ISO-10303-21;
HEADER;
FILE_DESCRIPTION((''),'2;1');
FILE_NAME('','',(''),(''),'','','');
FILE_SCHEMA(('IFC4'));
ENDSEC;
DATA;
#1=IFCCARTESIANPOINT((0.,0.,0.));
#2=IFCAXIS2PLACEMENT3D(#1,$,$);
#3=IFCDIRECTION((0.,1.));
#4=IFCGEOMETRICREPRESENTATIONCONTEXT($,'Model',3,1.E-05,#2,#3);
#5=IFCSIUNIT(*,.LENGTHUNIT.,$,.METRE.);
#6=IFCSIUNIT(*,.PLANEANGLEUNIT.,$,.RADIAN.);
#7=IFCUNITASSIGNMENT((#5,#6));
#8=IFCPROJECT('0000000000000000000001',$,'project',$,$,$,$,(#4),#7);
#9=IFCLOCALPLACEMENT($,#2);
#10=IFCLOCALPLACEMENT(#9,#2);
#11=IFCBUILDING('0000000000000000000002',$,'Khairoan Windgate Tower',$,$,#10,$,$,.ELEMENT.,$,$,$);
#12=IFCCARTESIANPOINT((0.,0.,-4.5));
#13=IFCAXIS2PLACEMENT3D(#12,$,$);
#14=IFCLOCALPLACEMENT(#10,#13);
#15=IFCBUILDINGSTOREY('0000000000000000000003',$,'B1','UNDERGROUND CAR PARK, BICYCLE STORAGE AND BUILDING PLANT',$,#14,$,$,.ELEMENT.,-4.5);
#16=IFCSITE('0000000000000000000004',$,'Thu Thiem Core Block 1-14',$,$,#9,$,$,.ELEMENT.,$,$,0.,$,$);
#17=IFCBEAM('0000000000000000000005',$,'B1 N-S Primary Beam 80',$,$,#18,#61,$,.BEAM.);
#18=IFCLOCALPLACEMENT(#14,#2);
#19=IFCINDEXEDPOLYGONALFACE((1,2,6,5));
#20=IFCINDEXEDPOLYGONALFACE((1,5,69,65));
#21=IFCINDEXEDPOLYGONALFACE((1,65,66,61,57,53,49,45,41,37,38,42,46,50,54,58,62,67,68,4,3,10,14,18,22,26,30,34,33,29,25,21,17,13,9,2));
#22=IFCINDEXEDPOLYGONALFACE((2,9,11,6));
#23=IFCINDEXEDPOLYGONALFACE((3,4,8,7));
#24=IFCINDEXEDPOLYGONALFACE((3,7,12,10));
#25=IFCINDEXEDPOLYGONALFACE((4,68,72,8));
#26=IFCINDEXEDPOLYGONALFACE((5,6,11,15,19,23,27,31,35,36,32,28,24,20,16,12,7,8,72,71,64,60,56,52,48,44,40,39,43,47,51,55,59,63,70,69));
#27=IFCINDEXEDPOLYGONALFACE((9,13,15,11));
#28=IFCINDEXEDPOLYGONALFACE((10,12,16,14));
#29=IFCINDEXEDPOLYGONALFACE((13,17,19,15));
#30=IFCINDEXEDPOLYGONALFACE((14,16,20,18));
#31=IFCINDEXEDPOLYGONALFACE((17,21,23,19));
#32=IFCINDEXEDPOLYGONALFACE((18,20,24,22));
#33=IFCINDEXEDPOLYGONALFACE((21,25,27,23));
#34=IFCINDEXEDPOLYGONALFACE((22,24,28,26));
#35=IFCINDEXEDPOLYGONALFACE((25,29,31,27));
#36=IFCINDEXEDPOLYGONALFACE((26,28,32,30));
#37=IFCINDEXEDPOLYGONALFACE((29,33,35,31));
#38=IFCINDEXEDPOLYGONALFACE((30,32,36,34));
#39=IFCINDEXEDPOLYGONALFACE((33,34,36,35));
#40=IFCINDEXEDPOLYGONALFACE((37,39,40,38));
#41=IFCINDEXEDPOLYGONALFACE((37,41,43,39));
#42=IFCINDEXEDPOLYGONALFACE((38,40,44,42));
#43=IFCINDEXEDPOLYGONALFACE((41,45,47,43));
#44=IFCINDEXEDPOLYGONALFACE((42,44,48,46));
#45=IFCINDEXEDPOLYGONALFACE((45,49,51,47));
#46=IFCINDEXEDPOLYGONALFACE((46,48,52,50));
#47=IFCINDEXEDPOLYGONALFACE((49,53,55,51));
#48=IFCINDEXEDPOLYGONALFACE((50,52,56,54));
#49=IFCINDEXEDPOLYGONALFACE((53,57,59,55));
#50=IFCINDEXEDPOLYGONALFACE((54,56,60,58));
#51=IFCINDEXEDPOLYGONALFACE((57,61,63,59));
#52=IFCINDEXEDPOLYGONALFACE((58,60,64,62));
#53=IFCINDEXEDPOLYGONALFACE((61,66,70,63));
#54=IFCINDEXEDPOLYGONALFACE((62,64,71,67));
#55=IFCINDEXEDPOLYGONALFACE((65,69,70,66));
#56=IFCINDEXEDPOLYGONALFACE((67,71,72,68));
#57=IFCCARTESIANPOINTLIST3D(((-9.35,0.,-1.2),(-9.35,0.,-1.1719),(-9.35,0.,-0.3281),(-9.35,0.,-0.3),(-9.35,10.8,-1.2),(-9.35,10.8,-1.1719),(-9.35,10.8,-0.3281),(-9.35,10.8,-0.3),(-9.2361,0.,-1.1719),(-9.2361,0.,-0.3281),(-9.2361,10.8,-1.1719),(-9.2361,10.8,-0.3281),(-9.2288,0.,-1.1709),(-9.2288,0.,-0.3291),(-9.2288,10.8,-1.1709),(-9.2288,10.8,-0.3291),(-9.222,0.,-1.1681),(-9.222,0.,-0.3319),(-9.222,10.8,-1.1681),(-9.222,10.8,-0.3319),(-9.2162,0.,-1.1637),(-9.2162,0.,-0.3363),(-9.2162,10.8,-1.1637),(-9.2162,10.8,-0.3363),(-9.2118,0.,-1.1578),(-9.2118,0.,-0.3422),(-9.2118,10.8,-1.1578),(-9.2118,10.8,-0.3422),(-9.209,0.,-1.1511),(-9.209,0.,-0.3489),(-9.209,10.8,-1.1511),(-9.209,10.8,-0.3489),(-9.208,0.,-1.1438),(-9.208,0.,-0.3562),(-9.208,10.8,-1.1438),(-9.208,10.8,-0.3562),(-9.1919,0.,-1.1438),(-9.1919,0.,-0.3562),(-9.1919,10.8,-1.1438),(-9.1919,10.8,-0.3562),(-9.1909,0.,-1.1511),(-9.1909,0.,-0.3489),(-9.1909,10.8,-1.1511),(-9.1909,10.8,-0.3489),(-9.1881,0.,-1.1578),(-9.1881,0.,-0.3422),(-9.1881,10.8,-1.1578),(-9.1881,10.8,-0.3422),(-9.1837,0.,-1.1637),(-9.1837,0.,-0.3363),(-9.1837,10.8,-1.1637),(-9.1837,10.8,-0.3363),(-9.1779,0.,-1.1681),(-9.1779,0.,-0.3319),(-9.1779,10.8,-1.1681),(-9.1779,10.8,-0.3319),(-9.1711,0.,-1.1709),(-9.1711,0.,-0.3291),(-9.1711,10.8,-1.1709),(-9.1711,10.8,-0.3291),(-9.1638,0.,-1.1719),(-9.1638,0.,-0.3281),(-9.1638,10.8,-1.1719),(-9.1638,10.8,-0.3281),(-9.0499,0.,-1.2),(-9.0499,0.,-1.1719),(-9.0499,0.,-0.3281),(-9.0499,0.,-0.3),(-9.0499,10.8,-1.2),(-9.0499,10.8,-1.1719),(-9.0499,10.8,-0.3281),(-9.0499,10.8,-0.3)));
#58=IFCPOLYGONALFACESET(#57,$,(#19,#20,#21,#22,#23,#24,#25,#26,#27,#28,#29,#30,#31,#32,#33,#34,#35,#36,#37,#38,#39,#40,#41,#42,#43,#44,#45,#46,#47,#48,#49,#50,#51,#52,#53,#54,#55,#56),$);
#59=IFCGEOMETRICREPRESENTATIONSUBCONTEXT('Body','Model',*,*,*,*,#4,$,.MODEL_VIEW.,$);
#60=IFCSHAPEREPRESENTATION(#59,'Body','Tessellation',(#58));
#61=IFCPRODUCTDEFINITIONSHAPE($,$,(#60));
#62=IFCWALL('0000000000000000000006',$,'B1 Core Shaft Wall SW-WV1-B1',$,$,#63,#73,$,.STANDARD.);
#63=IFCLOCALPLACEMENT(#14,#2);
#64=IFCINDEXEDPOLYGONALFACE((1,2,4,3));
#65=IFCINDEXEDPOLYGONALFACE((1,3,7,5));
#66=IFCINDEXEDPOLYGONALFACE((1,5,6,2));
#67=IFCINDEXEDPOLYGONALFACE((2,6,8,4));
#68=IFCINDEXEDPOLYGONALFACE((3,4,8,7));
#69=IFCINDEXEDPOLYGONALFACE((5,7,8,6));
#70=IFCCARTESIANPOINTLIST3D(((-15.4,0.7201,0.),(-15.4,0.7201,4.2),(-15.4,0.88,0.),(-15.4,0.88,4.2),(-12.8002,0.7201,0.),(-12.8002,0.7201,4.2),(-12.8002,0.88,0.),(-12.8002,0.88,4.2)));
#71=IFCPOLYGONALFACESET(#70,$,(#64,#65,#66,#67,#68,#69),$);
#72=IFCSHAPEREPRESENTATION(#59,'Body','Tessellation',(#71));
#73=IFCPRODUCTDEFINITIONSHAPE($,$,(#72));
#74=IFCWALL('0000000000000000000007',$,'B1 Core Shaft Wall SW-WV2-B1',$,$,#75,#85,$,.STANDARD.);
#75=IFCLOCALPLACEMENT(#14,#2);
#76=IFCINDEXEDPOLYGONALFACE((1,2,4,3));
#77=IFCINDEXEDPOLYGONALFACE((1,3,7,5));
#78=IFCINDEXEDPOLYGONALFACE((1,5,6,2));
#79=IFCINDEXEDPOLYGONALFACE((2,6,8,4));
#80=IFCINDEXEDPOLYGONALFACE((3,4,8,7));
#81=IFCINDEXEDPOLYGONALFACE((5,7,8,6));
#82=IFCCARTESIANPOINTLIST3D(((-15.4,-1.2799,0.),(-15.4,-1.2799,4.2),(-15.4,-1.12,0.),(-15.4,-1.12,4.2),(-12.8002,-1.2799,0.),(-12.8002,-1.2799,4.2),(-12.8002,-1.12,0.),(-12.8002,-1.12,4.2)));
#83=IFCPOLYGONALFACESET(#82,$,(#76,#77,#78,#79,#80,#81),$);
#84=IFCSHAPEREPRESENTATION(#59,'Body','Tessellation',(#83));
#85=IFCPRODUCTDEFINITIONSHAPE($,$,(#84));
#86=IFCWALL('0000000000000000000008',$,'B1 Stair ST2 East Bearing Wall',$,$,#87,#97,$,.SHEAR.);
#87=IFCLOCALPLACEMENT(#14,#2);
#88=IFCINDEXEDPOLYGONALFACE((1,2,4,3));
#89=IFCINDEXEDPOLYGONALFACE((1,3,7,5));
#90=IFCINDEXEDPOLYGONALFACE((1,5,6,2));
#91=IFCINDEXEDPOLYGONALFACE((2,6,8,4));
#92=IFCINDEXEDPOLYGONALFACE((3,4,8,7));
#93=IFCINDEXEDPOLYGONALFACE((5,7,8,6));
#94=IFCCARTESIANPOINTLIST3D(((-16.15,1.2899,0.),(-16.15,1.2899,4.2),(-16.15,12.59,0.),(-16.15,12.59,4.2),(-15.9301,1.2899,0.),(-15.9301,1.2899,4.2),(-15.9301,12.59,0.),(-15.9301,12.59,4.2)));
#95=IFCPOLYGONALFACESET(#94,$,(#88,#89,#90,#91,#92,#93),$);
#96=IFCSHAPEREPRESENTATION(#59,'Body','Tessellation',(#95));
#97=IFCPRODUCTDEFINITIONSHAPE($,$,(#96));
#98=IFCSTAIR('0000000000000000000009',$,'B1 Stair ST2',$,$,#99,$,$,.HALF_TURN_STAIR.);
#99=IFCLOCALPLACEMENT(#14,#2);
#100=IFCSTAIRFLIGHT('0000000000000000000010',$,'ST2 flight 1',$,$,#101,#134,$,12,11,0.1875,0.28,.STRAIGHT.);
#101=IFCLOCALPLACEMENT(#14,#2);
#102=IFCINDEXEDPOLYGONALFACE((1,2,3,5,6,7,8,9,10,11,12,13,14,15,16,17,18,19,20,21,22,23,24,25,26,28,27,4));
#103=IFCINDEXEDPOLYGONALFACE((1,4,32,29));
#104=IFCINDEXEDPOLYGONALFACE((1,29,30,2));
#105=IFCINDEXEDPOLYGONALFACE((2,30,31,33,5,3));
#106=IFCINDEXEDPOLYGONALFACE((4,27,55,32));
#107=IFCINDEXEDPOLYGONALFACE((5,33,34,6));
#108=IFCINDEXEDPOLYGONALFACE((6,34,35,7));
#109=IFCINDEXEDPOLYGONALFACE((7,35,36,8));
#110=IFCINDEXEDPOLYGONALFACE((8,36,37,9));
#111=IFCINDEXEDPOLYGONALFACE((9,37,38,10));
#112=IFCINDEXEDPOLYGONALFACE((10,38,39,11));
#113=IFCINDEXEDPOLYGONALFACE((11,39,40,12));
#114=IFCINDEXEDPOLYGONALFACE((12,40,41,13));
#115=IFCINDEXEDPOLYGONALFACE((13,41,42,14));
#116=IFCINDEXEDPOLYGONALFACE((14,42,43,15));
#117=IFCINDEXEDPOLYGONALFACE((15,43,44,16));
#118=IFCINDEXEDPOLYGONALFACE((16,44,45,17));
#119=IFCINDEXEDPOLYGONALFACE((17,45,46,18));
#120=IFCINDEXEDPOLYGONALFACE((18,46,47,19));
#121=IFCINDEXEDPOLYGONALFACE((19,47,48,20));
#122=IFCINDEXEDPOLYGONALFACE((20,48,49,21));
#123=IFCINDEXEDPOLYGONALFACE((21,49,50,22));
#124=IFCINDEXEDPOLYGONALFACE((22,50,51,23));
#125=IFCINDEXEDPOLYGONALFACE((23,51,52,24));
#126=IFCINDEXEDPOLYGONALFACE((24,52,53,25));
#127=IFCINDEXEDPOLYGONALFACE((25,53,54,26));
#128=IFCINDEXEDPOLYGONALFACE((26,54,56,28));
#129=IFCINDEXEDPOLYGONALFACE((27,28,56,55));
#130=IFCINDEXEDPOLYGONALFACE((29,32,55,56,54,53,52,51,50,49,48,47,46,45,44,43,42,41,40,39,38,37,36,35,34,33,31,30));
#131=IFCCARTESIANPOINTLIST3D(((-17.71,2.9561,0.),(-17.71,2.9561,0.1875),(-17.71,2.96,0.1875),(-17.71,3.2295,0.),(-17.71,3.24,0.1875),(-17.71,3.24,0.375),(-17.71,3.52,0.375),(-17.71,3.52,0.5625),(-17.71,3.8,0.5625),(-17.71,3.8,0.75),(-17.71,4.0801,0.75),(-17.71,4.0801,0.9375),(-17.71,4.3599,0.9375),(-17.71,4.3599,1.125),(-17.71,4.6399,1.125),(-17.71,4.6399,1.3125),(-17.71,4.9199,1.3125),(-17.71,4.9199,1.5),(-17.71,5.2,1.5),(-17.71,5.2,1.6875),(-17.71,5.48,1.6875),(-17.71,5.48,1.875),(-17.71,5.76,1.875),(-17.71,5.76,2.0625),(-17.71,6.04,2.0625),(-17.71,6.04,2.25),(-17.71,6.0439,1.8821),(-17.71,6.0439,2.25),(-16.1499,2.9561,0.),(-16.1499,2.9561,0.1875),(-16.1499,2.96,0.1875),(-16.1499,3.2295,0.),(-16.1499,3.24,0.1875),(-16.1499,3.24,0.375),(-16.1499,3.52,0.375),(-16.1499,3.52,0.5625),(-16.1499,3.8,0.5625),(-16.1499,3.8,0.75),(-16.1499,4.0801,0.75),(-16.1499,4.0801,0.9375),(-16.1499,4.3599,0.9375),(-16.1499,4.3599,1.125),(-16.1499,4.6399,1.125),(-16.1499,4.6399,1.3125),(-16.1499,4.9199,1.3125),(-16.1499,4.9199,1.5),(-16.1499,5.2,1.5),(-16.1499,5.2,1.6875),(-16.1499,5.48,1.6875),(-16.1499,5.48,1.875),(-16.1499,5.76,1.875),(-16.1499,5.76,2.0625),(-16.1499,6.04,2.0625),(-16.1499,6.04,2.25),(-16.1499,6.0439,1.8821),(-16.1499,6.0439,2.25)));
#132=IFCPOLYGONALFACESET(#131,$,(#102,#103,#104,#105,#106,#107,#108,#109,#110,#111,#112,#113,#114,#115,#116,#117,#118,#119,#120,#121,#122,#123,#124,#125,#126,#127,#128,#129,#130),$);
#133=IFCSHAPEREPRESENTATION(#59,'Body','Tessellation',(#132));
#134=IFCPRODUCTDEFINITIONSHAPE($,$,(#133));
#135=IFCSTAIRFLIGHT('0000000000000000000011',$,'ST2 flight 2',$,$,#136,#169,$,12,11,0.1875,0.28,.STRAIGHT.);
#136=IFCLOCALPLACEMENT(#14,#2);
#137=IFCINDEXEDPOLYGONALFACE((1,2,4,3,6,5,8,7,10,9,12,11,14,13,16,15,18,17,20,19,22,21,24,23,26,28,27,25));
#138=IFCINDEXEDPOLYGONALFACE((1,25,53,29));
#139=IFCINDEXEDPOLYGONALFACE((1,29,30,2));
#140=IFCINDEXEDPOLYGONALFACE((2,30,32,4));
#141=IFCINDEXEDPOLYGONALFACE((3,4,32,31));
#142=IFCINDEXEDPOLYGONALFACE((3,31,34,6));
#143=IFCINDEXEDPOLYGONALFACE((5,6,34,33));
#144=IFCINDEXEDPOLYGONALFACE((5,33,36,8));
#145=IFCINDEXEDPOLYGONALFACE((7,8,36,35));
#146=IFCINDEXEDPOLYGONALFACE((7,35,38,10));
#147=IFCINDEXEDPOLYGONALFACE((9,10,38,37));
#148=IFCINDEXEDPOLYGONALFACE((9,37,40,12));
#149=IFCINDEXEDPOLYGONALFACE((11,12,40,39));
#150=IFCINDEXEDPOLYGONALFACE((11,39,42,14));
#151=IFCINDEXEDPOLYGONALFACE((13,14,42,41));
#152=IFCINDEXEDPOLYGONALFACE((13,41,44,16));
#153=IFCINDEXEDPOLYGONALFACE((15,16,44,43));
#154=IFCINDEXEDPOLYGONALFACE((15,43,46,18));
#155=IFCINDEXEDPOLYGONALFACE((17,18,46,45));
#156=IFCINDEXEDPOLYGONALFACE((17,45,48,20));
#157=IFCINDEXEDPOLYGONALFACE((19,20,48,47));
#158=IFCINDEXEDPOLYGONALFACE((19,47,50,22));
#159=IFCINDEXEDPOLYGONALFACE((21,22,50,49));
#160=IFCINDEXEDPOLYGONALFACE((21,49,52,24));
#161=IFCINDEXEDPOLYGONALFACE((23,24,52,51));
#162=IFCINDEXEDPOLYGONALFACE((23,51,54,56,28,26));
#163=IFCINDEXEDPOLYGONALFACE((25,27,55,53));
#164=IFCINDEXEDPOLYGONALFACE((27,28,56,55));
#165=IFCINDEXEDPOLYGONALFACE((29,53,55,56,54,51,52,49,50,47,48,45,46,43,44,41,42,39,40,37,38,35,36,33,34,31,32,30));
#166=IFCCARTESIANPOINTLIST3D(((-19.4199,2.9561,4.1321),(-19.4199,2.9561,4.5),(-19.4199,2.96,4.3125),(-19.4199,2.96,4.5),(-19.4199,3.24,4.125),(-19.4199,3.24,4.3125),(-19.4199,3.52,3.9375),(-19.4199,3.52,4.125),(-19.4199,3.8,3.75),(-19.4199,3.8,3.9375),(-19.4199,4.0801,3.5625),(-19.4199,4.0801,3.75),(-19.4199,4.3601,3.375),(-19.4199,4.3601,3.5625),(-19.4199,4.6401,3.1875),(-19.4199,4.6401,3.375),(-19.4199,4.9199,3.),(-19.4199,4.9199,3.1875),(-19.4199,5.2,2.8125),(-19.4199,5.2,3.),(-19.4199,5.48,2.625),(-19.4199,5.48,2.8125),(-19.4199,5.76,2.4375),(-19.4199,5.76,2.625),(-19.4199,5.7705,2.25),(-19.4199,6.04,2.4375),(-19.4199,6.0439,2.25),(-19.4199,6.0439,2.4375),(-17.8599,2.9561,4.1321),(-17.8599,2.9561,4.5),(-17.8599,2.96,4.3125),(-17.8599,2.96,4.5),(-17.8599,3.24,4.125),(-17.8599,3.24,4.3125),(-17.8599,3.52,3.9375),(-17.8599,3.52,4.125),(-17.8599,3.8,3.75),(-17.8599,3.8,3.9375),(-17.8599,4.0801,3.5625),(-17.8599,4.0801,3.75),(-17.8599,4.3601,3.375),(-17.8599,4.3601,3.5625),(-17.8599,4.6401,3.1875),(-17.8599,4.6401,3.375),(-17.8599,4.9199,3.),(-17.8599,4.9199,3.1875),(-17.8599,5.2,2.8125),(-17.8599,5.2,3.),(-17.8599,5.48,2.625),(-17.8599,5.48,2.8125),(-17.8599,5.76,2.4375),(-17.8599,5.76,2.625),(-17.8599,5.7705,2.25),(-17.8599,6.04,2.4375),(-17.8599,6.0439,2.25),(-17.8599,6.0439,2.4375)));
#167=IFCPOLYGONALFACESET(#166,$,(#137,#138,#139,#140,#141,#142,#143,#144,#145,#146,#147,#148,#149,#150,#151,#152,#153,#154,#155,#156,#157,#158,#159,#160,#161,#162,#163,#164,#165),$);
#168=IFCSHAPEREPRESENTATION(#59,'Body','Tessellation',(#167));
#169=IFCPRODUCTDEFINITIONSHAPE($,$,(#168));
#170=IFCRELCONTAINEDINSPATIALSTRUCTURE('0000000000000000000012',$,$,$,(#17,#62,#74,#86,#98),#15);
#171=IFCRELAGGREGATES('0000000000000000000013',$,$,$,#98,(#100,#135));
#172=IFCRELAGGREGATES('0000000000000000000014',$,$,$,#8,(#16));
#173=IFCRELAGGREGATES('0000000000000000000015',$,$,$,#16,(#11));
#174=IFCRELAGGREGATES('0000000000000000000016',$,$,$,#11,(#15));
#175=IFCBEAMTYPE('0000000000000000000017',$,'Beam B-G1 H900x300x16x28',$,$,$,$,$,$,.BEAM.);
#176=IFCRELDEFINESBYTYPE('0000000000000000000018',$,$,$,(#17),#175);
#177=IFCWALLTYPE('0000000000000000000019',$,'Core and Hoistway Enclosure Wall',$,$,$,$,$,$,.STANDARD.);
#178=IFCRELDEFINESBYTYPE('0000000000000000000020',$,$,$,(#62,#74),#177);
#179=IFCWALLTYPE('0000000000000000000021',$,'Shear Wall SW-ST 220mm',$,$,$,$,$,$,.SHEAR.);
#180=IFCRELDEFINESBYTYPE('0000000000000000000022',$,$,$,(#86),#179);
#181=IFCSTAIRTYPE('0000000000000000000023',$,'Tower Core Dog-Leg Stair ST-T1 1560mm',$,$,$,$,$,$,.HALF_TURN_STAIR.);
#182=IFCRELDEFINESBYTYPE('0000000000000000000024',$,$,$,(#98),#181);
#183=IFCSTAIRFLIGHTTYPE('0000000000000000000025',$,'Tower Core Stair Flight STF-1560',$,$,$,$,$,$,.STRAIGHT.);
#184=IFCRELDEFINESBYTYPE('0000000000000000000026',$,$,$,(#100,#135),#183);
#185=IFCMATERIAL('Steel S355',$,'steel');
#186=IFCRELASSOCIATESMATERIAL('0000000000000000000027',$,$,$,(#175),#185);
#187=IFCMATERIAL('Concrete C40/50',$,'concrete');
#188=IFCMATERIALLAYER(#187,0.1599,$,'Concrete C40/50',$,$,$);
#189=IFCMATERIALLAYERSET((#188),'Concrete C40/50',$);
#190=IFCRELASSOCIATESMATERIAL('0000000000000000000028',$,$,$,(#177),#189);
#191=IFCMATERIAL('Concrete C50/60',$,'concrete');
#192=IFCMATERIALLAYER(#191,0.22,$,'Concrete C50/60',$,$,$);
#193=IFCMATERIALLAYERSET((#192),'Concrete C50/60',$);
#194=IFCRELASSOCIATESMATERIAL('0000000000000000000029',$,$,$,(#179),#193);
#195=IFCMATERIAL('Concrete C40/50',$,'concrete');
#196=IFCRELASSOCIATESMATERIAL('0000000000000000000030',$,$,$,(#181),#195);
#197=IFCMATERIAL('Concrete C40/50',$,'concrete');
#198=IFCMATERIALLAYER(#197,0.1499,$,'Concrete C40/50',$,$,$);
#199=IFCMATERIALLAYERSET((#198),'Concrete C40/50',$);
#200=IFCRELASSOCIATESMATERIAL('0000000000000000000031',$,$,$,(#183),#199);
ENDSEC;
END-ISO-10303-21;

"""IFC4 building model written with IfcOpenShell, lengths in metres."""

from ifc_helpers import new_model, si_unit, direction, frame, frame_2d, origin, origin_2d, place, context, subcontext, project, spatial, polyline, rectangle, i_section, outline, extrude, material, layer, layer_set, material_profile, profile_set, type_object, element, aggregate, save


model = new_model("IFC4")

# Units and contexts
model_context = context("Model", 3, precision=1e-05, world=origin(), true_north=direction((0.0, 1.0)))
body_context = subcontext(model_context, "Body", "Model", "MODEL_VIEW")
ifc_project = project(units=[si_unit("LENGTHUNIT", "METRE"), si_unit("PLANEANGLEUNIT", "RADIAN")], contexts=[model_context])

# Site, building, storey
site_placement = place(None, origin())
site = spatial("IfcSite", under=ifc_project, at=site_placement, Name="Thu Thiem Core Block 1-14", CompositionType="ELEMENT", RefElevation=0.0)
building_placement = place(site_placement, origin())
building = spatial("IfcBuilding", under=site, at=building_placement, Name="Khairoan Windgate Tower", CompositionType="ELEMENT")
storey_placement = place(building_placement, frame((0.0, 0.0, -4.5)))
storey = spatial("IfcBuildingStorey", under=building, at=storey_placement, Name="B1", Description="UNDERGROUND CAR PARK, BICYCLE STORAGE AND BUILDING PLANT", CompositionType="ELEMENT", Elevation=-4.5)

# Beam
ifc_material_1 = material(Name="Steel S355", Category="steel")
ifc_material_profile_1 = material_profile(ifc_material_1, i_section(OverallWidth=0.3, OverallDepth=0.8999, WebThickness=0.0161, FlangeThickness=0.0281, FilletRadius=0.0281, at=origin_2d()))
ifc_profile_set_1 = profile_set([ifc_material_profile_1], Name="Steel S355")
beam_type = type_object("IfcBeamType", Name="Beam B-G1 H900x300x16x28", PredefinedType="BEAM", material=ifc_profile_set_1)
for number, where, z_axis, x_axis, name in (
    (1, (-9.2, 0.0, -0.75), (0.0, 1.0, 0.0), (-1.0, 0.0, 0.0), "B1 N-S Primary Beam 80"),
):
    element("IfcBeam", number, at=place(storey_placement, frame(where, z_axis=z_axis, x_axis=x_axis)), inside=storey, type_object=beam_type, Name=name, PredefinedType="BEAM", context=body_context, shape_type="SweptSolid", body=[
        extrude(i_section(OverallWidth=0.3, OverallDepth=0.8999, WebThickness=0.0161, FlangeThickness=0.0281, FilletRadius=0.0281, at=origin_2d()), origin(), (0.0, 0.0, 1.0), 10.8),
    ])

# Walls
ifc_material_2 = material(Name="Concrete C40/50", Category="concrete")
ifc_layer_1 = layer(ifc_material_2, 0.1599, Name="Concrete C40/50")
ifc_layer_set_1 = layer_set([ifc_layer_1], Name="Concrete C40/50")
wall_type_1 = type_object("IfcWallType", Name="Core and Hoistway Enclosure Wall", PredefinedType="STANDARD", material=ifc_layer_set_1)
for number, where, z_axis, x_axis, name in (
    (2, (-15.3999, 0.8, 0.0), (0.0, 0.0, 1.0), (1.0, 0.0, 0.0), "B1 Core Shaft Wall SW-WV1-B1"),
    (3, (-15.3999, -1.2, 0.0), (0.0, 0.0, 1.0), (1.0, 0.0, 0.0), "B1 Core Shaft Wall SW-WV2-B1"),
):
    element("IfcWall", number, at=place(storey_placement, frame(where, z_axis=z_axis, x_axis=x_axis)), inside=storey, type_object=wall_type_1, Name=name, PredefinedType="STANDARD", context=body_context, shape_type="SweptSolid", body=[
        extrude(rectangle(XDim=2.5999, YDim=0.1599, at=frame_2d((1.2998, 0.0))), origin(), (0.0, 0.0, 1.0), 4.2),
    ])
ifc_material_3 = material(Name="Concrete C50/60", Category="concrete")
ifc_layer_2 = layer(ifc_material_3, 0.22, Name="Concrete C50/60")
ifc_layer_set_2 = layer_set([ifc_layer_2], Name="Concrete C50/60")
wall_type_2 = type_object("IfcWallType", Name="Shear Wall SW-ST 220mm", PredefinedType="SHEAR", material=ifc_layer_set_2)
wall_placement = place(storey_placement, frame((-16.04, 1.29, 0.0), z_axis=(0.0, 0.0, 1.0), x_axis=(0.0, 1.0, 0.0)))
element("IfcWall", 4, at=wall_placement, inside=storey, type_object=wall_type_2, Name="B1 Stair ST2 East Bearing Wall", PredefinedType="SHEAR", context=body_context, shape_type="SweptSolid", body=[
    extrude(rectangle(XDim=11.3, YDim=0.22, at=frame_2d((5.6499, 0.0))), origin(), (0.0, 0.0, 1.0), 4.2),
])

# Stair, stair flights
ifc_material_4 = material(Name="Concrete C40/50", Category="concrete")
stair_type = type_object("IfcStairType", Name="Tower Core Dog-Leg Stair ST-T1 1560mm", PredefinedType="HALF_TURN_STAIR", material=ifc_material_4)
stair_placement = place(storey_placement, origin())
stair = element("IfcStair", 5, at=stair_placement, inside=storey, type_object=stair_type, Name="B1 Stair ST2", PredefinedType="HALF_TURN_STAIR")
ifc_material_5 = material(Name="Concrete C40/50", Category="concrete")
ifc_layer_3 = layer(ifc_material_5, 0.1499, Name="Concrete C40/50")
ifc_layer_set_3 = layer_set([ifc_layer_3], Name="Concrete C40/50")
stair_flight_type = type_object("IfcStairFlightType", Name="Tower Core Stair Flight STF-1560", PredefinedType="STRAIGHT", material=ifc_layer_set_3)
stair_flight_1_placement = place(storey_placement, frame((-16.9299, 2.96, 0.0), z_axis=(0.0, 0.0, 1.0), x_axis=(0.0, 1.0, 0.0)))
stair_flight_1 = element("IfcStairFlight", 6, at=stair_flight_1_placement, type_object=stair_flight_type, Name="ST2 flight 1", NumberOfRisers=12, NumberOfTreads=11, PredefinedType="STRAIGHT", RiserHeight=0.1875, TreadLength=0.28, context=body_context, shape_type="SweptSolid", body=[
    extrude(outline(polyline([(-0.0039, 0.0), (-0.0039, 0.1875), (0.0, 0.1875), (0.28, 0.1875), (0.28, 0.375), (0.5601, 0.375), (0.5601, 0.5625), (0.8401, 0.5625), (0.8401, 0.75), (1.1201, 0.75), (1.1201, 0.9375), (1.3999, 0.9375), (1.3999, 1.125), (1.6799, 1.125), (1.6799, 1.3125), (1.96, 1.3125), (1.96, 1.5), (2.24, 1.5), (2.24, 1.6875), (2.52, 1.6875), (2.52, 1.875), (2.8, 1.875), (2.8, 2.0625), (3.0801, 2.0625), (3.0801, 2.25), (3.084, 2.25), (3.084, 1.8821), (0.2695, 0.0), (-0.0039, 0.0)])), frame((0.0, 0.78, 0.0), z_axis=(0.0, -1.0, 0.0), x_axis=(1.0, 0.0, 0.0)), (0.0, 0.0, 1.0), 1.5601),
])
stair_flight_2_placement = place(storey_placement, frame((-18.6399, 6.04, 2.25), z_axis=(0.0, 0.0, 1.0), x_axis=(0.0, -1.0, 0.0)))
stair_flight_2 = element("IfcStairFlight", 7, at=stair_flight_2_placement, type_object=stair_flight_type, Name="ST2 flight 2", NumberOfRisers=12, NumberOfTreads=11, PredefinedType="STRAIGHT", RiserHeight=0.1875, TreadLength=0.28, context=body_context, shape_type="SweptSolid", body=[
    extrude(outline(polyline([(-0.0039, 0.0), (-0.0039, 0.1875), (0.0, 0.1875), (0.28, 0.1875), (0.28, 0.375), (0.5601, 0.375), (0.5601, 0.5625), (0.8401, 0.5625), (0.8401, 0.75), (1.1201, 0.75), (1.1201, 0.9375), (1.3999, 0.9375), (1.3999, 1.125), (1.6799, 1.125), (1.6799, 1.3125), (1.96, 1.3125), (1.96, 1.5), (2.24, 1.5), (2.24, 1.6875), (2.52, 1.6875), (2.52, 1.875), (2.8, 1.875), (2.8, 2.0625), (3.0801, 2.0625), (3.0801, 2.25), (3.084, 2.25), (3.084, 1.8821), (0.2695, 0.0), (-0.0039, 0.0)])), frame((0.0, 0.78, 0.0), z_axis=(0.0, -1.0, 0.0), x_axis=(1.0, 0.0, 0.0)), (0.0, 0.0, 1.0), 1.5601),
])
aggregate(stair, [stair_flight_1, stair_flight_2])

save(model, "model.ifc")
